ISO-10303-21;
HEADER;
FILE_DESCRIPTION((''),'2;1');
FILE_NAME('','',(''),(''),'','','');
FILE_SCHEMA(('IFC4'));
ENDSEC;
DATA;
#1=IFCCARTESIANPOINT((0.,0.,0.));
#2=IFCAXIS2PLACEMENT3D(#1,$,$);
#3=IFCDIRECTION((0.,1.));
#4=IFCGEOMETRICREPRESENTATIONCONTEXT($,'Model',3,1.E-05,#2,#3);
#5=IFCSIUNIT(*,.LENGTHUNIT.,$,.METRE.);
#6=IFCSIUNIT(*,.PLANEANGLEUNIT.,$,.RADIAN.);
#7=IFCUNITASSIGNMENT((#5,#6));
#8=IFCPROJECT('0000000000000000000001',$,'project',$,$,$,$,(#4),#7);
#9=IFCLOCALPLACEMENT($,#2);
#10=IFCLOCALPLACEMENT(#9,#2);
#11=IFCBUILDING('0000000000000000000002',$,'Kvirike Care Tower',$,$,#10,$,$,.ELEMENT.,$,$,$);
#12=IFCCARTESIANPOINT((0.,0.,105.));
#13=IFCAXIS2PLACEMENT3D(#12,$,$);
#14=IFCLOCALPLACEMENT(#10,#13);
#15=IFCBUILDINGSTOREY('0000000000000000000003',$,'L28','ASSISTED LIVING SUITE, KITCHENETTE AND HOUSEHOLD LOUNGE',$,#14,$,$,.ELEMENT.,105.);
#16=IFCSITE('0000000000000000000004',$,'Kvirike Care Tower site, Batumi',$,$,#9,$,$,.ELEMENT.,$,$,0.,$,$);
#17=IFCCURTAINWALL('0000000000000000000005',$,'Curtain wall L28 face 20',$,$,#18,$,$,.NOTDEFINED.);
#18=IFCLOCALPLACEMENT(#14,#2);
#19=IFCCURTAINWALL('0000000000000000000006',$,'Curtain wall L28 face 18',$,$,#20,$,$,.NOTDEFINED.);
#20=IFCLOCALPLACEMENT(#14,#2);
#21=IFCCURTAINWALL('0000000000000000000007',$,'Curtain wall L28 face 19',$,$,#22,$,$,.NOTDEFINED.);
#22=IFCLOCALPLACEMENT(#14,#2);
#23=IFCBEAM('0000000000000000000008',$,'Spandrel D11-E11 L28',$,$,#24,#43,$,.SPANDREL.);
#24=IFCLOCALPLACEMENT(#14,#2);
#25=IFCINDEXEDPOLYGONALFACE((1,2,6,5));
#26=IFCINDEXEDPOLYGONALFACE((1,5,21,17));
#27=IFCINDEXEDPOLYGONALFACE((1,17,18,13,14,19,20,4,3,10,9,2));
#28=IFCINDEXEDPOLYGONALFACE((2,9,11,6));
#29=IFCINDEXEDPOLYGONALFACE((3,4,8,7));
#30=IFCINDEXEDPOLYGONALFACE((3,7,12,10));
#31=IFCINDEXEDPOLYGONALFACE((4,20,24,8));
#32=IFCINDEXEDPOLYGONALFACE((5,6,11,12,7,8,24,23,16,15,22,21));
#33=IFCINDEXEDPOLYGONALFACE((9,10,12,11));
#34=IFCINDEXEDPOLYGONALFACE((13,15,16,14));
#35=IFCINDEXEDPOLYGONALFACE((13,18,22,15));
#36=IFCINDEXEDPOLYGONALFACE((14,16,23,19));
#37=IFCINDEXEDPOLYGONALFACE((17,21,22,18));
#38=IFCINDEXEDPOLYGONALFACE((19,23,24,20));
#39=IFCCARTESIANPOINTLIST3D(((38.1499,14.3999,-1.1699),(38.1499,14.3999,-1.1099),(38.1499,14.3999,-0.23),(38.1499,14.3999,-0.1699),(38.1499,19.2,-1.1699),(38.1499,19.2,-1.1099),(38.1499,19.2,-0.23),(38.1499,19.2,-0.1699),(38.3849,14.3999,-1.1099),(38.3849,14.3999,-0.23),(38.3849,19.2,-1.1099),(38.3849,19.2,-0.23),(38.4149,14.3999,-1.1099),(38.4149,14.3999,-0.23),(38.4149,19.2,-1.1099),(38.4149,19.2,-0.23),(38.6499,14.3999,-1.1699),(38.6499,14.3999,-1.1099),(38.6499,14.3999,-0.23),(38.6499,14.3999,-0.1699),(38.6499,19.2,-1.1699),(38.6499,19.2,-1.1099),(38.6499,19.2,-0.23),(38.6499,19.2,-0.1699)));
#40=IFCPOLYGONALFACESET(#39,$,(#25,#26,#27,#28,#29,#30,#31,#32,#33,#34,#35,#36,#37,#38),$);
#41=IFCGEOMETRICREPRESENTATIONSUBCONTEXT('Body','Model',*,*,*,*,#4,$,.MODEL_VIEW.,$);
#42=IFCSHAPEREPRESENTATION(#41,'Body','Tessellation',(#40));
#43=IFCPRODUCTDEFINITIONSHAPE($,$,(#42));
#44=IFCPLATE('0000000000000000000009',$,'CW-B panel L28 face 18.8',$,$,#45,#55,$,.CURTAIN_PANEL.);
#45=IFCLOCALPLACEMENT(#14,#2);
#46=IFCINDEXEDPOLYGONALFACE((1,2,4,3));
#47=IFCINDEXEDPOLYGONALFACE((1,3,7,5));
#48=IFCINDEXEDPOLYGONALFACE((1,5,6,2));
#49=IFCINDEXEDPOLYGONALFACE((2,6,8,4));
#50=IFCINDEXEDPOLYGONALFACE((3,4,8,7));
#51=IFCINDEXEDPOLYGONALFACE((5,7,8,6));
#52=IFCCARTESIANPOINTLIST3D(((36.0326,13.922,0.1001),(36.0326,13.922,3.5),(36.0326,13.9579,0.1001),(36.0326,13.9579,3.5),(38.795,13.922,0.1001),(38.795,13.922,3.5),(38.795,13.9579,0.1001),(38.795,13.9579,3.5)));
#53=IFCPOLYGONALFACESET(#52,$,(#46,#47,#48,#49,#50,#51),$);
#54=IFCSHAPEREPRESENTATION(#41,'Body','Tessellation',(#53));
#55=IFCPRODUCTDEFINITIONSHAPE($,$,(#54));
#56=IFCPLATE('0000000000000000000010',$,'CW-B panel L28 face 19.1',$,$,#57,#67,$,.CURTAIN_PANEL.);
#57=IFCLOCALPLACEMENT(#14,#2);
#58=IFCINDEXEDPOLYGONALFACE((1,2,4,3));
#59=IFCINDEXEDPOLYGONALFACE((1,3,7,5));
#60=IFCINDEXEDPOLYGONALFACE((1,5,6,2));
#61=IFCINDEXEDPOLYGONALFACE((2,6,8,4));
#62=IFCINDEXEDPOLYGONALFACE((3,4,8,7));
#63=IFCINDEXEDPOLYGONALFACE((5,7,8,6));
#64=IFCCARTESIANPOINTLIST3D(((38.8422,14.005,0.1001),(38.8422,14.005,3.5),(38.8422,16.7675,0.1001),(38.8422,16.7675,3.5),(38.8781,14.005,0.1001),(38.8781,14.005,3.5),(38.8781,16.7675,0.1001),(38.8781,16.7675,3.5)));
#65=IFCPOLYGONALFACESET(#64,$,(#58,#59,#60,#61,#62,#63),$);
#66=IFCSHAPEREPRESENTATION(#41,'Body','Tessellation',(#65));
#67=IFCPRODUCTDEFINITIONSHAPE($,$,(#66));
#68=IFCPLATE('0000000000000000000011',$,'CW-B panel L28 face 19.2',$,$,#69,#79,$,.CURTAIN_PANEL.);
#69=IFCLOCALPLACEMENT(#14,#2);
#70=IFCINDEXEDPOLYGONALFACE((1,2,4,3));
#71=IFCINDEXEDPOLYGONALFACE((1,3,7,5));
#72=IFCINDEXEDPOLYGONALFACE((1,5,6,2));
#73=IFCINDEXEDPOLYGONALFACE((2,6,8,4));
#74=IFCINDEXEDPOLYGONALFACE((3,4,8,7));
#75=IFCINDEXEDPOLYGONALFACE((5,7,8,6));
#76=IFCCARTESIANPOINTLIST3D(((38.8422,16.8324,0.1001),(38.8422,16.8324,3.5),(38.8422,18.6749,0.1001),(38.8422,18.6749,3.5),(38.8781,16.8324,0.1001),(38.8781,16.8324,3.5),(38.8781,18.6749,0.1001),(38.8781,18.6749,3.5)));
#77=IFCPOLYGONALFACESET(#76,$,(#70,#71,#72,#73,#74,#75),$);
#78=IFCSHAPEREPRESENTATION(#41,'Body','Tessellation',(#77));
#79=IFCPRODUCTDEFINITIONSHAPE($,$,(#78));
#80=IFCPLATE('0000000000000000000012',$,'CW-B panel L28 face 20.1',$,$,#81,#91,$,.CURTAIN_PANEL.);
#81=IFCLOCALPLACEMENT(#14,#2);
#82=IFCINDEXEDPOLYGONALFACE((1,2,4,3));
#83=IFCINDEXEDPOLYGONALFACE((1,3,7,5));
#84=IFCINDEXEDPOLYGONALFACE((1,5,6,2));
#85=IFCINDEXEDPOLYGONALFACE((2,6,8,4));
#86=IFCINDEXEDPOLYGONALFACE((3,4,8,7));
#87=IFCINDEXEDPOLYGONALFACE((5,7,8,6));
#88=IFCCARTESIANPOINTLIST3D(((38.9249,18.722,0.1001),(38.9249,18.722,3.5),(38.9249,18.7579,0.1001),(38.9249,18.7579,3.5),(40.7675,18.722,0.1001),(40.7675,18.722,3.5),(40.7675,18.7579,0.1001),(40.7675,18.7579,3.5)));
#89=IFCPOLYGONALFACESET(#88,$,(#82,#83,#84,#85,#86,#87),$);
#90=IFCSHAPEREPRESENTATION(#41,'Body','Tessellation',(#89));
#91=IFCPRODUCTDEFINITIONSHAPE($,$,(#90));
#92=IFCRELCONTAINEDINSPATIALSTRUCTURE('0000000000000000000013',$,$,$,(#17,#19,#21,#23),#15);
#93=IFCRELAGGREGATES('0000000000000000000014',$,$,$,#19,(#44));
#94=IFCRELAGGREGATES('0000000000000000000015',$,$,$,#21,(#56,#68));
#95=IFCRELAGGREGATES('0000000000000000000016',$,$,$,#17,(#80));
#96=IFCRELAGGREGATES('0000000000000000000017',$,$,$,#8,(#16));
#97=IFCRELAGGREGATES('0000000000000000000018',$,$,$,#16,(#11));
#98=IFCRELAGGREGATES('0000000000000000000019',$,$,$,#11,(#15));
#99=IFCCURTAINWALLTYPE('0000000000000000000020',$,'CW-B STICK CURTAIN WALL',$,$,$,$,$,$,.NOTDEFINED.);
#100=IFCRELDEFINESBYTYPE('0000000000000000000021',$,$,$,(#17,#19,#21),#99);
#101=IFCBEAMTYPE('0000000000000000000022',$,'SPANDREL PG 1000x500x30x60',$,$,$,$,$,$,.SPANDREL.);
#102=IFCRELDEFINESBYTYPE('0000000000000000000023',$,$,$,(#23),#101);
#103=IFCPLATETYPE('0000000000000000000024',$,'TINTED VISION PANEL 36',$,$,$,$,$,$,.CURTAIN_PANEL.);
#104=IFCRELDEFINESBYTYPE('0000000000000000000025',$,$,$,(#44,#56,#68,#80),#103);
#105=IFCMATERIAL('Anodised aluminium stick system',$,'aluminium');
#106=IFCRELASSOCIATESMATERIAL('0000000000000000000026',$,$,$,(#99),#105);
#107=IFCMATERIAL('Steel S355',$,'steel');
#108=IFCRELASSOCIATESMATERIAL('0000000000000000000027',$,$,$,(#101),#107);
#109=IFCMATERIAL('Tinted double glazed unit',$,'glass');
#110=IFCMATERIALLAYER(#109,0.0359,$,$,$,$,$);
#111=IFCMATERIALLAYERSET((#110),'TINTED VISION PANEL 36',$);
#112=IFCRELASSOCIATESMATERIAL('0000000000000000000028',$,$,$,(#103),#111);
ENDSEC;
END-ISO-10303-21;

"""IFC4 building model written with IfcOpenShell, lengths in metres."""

from ifc_helpers import new_model, si_unit, direction, frame, origin, origin_2d, place, context, subcontext, project, spatial, rectangle, i_section, extrude, material, layer, layer_set, material_profile, profile_set, type_object, element, aggregate, save


model = new_model("IFC4")

# Units and contexts
model_context = context("Model", 3, precision=1e-05, world=origin(), true_north=direction((0.0, 1.0)))
body_context = subcontext(model_context, "Body", "Model", "MODEL_VIEW")
ifc_project = project(units=[si_unit("LENGTHUNIT", "METRE"), si_unit("PLANEANGLEUNIT", "RADIAN")], contexts=[model_context])

# Site, building, storey
site_placement = place(None, origin())
site = spatial("IfcSite", under=ifc_project, at=site_placement, Name="Kvirike Care Tower site, Batumi", CompositionType="ELEMENT", RefElevation=0.0)
building_placement = place(site_placement, origin())
building = spatial("IfcBuilding", under=site, at=building_placement, Name="Kvirike Care Tower", CompositionType="ELEMENT")
storey_placement = place(building_placement, frame((0.0, 0.0, 105.0)))
storey = spatial("IfcBuildingStorey", under=building, at=storey_placement, Name="L28", Description="ASSISTED LIVING SUITE, KITCHENETTE AND HOUSEHOLD LOUNGE", CompositionType="ELEMENT", Elevation=105.0)

# Curtain wall
ifc_material_1 = material(Name="Anodised aluminium stick system", Category="aluminium")
curtain_wall_type = type_object("IfcCurtainWallType", Name="CW-B STICK CURTAIN WALL", PredefinedType="NOTDEFINED", material=ifc_material_1)
curtain_wall_1_placement = place(storey_placement, origin())
curtain_wall_1 = element("IfcCurtainWall", 1, at=curtain_wall_1_placement, inside=storey, type_object=curtain_wall_type, Name="Curtain wall L28 face 20", PredefinedType="NOTDEFINED")

# Curtain walls
curtain_wall_2_placement = place(storey_placement, origin())
curtain_wall_2 = element("IfcCurtainWall", 2, at=curtain_wall_2_placement, inside=storey, type_object=curtain_wall_type, Name="Curtain wall L28 face 18", PredefinedType="NOTDEFINED")
curtain_wall_3_placement = place(storey_placement, origin())
curtain_wall_3 = element("IfcCurtainWall", 3, at=curtain_wall_3_placement, inside=storey, type_object=curtain_wall_type, Name="Curtain wall L28 face 19", PredefinedType="NOTDEFINED")

# Beam
ifc_material_2 = material(Name="Steel S355", Category="steel")
ifc_material_profile_1 = material_profile(ifc_material_2, i_section(OverallWidth=0.5, OverallDepth=1.0, WebThickness=0.03, FlangeThickness=0.0601, at=origin_2d()), Name="PG 1000x500x30x60")
ifc_profile_set_1 = profile_set([ifc_material_profile_1], Name="Steel S355")
beam_type = type_object("IfcBeamType", Name="SPANDREL PG 1000x500x30x60", PredefinedType="SPANDREL", material=ifc_profile_set_1)
beam_placement = place(storey_placement, frame((38.3999, 14.3999, -0.6699), z_axis=(0.0, 1.0, 0.0), x_axis=(-1.0, 0.0, 0.0)))
element("IfcBeam", 4, at=beam_placement, inside=storey, type_object=beam_type, Name="Spandrel D11-E11 L28", PredefinedType="SPANDREL", context=body_context, shape_type="SweptSolid", body=[
    extrude(i_section(OverallWidth=0.5, OverallDepth=1.0, WebThickness=0.03, FlangeThickness=0.0601, at=origin_2d()), origin(), (0.0, 0.0, 1.0), 4.8),
])

# Plates
ifc_material_3 = material(Name="Tinted double glazed unit", Category="glass")
ifc_layer = layer(ifc_material_3, 0.0359)
ifc_layer_set = layer_set([ifc_layer], Name="TINTED VISION PANEL 36")
plate_type = type_object("IfcPlateType", Name="TINTED VISION PANEL 36", PredefinedType="CURTAIN_PANEL", material=ifc_layer_set)
plate_1_placement = place(storey_placement, frame((37.4138, 13.9399, 0.1001), z_axis=(0.0, 0.0, 1.0), x_axis=(1.0, 0.0, 0.0)))
plate_1 = element("IfcPlate", 5, at=plate_1_placement, type_object=plate_type, Name="CW-B panel L28 face 18.8", PredefinedType="CURTAIN_PANEL", context=body_context, shape_type="SweptSolid", body=[
    extrude(rectangle(XDim=2.7625, YDim=0.0359, at=origin_2d()), origin(), (0.0, 0.0, 1.0), 3.3999),
])
aggregate(curtain_wall_2, [plate_1])
plate_2_placement = place(storey_placement, frame((38.8601, 15.3862, 0.1001), z_axis=(0.0, 0.0, 1.0), x_axis=(0.0, 1.0, 0.0)))
plate_2 = element("IfcPlate", 6, at=plate_2_placement, type_object=plate_type, Name="CW-B panel L28 face 19.1", PredefinedType="CURTAIN_PANEL", context=body_context, shape_type="SweptSolid", body=[
    extrude(rectangle(XDim=2.7625, YDim=0.0359, at=origin_2d()), origin(), (0.0, 0.0, 1.0), 3.3999),
])
plate_3_placement = place(storey_placement, frame((38.8601, 17.7537, 0.1001), z_axis=(0.0, 0.0, 1.0), x_axis=(0.0, 1.0, 0.0)))
plate_3 = element("IfcPlate", 7, at=plate_3_placement, type_object=plate_type, Name="CW-B panel L28 face 19.2", PredefinedType="CURTAIN_PANEL", context=body_context, shape_type="SweptSolid", body=[
    extrude(rectangle(XDim=1.8425, YDim=0.0359, at=origin_2d()), origin(), (0.0, 0.0, 1.0), 3.3999),
])
aggregate(curtain_wall_3, [plate_2, plate_3])
plate_4_placement = place(storey_placement, frame((39.8462, 18.74, 0.1001), z_axis=(0.0, 0.0, 1.0), x_axis=(1.0, 0.0, 0.0)))
plate_4 = element("IfcPlate", 8, at=plate_4_placement, type_object=plate_type, Name="CW-B panel L28 face 20.1", PredefinedType="CURTAIN_PANEL", context=body_context, shape_type="SweptSolid", body=[
    extrude(rectangle(XDim=1.8425, YDim=0.0359, at=origin_2d()), origin(), (0.0, 0.0, 1.0), 3.3999),
])
aggregate(curtain_wall_1, [plate_4])

save(model, "model.ifc")
